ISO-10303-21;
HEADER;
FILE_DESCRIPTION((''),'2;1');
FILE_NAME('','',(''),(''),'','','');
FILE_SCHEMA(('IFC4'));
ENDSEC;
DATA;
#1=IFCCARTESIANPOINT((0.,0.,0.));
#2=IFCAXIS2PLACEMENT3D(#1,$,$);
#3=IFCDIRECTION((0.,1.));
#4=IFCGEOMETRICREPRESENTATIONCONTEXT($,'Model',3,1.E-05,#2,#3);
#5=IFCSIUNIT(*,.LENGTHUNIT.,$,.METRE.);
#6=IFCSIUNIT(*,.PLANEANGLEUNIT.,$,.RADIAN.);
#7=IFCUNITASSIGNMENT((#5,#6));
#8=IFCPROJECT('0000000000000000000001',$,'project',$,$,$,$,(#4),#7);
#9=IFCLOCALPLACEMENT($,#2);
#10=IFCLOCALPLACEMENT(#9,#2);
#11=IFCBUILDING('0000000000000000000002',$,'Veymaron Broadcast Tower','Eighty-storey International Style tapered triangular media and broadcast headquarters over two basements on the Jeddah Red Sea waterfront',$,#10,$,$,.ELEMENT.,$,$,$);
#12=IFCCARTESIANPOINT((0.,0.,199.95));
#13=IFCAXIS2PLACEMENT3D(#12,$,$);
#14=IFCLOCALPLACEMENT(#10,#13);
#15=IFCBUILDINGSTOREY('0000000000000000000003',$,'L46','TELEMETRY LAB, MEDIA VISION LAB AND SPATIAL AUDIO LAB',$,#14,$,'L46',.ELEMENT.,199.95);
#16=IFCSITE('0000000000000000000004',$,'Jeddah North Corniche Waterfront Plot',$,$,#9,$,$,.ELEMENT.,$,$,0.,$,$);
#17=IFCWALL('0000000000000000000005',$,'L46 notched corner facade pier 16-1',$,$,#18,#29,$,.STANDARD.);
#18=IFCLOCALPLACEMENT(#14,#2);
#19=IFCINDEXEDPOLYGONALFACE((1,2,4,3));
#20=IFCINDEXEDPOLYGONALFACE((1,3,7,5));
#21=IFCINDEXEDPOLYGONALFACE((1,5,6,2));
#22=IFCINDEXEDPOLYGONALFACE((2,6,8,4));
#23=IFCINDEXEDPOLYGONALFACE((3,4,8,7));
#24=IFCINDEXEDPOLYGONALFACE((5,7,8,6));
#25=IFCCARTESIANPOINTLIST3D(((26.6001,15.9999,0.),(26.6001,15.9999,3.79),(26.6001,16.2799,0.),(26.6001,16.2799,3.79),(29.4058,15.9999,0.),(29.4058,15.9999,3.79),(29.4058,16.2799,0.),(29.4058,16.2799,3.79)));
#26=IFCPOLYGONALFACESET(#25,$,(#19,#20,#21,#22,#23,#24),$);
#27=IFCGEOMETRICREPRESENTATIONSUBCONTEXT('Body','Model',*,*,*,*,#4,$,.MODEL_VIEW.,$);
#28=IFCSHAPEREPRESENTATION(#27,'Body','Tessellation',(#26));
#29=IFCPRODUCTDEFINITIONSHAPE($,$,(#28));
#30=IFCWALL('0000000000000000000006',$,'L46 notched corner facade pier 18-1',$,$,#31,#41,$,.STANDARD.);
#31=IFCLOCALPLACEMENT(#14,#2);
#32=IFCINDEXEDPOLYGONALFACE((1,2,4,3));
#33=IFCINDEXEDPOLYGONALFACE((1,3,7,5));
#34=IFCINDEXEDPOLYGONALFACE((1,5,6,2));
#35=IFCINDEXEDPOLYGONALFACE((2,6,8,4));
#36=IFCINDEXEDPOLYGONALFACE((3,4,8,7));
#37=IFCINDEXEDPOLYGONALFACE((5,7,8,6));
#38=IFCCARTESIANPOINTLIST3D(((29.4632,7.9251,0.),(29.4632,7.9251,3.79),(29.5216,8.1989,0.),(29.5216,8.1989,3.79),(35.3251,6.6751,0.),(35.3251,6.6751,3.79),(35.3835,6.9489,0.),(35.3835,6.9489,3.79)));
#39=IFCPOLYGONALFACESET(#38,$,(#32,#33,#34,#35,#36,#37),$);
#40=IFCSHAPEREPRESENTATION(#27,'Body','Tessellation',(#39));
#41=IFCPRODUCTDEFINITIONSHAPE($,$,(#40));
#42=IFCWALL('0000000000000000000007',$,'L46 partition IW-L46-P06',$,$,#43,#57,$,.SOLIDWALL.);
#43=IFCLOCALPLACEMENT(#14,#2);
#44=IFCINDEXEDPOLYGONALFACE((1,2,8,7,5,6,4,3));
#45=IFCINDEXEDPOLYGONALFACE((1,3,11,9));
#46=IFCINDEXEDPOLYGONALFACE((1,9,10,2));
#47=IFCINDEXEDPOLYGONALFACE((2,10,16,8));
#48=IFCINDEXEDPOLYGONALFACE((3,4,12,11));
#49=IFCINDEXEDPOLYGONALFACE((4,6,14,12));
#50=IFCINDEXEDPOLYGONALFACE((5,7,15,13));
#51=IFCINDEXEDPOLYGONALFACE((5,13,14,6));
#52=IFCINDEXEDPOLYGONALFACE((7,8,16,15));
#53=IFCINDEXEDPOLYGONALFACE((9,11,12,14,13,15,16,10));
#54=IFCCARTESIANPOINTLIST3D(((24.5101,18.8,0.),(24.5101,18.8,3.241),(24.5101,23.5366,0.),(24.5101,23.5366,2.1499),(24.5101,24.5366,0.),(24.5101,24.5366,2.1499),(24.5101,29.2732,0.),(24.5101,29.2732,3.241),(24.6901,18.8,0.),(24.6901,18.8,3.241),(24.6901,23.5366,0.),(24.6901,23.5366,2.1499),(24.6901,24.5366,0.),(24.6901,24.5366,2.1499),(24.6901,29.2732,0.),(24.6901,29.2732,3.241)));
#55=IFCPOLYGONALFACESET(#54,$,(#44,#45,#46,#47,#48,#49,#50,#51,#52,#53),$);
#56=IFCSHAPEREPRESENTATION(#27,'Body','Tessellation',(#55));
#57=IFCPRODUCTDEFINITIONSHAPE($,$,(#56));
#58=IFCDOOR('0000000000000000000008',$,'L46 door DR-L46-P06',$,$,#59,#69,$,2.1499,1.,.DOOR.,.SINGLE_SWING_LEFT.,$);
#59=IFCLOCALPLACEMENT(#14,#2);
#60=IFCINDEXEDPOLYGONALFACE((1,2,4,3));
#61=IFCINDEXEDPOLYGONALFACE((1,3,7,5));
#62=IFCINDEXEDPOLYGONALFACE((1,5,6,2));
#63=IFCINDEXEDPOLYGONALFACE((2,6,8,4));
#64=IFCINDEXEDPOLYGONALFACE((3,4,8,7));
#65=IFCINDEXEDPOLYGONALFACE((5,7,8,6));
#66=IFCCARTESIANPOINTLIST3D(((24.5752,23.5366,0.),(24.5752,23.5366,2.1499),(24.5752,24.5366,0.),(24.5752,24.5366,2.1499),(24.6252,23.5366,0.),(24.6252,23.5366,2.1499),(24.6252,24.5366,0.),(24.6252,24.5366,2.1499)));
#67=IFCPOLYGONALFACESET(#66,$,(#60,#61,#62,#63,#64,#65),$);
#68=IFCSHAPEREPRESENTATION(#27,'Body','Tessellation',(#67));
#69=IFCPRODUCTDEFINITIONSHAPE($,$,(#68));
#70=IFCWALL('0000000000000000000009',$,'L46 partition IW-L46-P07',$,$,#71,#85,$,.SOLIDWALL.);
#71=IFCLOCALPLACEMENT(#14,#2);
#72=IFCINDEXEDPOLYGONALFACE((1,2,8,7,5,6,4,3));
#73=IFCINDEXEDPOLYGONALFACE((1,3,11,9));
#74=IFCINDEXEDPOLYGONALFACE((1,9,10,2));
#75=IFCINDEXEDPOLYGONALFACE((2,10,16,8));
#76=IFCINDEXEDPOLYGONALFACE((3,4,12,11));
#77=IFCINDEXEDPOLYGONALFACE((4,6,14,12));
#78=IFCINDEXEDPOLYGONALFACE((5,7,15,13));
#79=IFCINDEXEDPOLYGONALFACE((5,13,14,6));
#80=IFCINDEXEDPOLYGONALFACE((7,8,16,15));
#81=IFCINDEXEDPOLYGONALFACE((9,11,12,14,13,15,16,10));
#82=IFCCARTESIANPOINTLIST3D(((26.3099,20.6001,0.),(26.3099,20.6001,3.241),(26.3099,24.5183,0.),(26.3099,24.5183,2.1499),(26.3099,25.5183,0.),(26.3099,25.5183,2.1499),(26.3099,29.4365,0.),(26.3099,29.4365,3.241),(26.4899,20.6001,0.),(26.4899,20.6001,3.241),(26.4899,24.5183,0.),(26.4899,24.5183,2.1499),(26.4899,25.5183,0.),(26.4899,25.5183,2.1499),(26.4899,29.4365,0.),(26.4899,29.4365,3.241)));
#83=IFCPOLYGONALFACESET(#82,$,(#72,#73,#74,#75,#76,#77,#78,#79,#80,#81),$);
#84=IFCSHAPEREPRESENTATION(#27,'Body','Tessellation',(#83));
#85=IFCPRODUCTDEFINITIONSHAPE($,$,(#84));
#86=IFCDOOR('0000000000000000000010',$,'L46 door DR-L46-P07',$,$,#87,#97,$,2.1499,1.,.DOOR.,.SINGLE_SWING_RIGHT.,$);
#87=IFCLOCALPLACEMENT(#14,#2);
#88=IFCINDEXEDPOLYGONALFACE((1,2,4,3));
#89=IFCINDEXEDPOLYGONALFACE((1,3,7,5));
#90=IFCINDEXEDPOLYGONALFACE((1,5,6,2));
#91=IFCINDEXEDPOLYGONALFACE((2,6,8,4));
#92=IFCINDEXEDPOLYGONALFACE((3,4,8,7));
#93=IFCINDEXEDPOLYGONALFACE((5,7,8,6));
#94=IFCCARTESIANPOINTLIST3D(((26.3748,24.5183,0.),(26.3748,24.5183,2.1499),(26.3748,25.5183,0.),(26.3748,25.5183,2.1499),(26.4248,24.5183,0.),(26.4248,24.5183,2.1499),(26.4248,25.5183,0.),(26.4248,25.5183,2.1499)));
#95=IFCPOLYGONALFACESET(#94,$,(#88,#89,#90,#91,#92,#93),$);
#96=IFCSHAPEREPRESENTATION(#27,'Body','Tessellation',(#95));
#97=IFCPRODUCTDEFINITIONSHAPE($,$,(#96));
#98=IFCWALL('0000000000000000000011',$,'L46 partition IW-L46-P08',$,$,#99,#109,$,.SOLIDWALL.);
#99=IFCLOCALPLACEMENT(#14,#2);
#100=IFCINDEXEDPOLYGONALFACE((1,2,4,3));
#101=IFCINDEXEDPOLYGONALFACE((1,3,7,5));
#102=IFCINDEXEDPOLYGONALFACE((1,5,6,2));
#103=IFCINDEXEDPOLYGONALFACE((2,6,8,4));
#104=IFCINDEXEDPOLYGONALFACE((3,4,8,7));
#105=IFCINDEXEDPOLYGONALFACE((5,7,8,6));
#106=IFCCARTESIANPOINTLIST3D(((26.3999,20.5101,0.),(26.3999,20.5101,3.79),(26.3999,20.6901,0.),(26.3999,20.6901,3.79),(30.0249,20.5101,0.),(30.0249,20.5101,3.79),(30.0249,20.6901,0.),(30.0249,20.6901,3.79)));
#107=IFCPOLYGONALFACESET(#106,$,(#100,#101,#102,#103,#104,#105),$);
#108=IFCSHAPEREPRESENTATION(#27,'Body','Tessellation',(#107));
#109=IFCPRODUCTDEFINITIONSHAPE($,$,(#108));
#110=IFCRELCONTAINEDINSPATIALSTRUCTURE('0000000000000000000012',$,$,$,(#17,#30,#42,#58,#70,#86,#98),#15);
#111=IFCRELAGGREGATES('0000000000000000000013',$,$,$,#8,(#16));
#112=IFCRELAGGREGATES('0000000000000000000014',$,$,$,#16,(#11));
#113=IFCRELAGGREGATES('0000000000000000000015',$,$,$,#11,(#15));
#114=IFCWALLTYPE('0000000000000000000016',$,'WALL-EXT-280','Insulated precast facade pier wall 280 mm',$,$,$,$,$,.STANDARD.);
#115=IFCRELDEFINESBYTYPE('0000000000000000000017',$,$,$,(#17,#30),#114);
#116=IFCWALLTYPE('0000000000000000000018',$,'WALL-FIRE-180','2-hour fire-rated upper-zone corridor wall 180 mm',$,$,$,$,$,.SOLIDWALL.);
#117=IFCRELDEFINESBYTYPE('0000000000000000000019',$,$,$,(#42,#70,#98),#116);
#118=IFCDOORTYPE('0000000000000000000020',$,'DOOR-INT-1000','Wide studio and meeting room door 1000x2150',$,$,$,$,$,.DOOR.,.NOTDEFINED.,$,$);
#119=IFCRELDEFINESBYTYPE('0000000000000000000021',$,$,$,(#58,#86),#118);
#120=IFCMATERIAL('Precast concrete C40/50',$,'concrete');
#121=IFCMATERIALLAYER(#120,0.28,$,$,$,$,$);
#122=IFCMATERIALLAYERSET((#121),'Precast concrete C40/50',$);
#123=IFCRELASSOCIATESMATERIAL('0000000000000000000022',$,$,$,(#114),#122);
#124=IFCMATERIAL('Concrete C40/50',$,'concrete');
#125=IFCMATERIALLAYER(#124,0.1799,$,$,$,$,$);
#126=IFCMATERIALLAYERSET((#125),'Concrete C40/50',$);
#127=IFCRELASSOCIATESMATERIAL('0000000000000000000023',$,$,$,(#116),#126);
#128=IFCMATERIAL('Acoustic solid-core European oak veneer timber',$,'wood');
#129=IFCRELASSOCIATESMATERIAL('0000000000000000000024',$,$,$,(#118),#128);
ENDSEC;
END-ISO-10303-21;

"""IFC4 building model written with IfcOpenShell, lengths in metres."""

from ifc_helpers import new_model, si_unit, direction, frame, frame_2d, origin, place, context, subcontext, project, spatial, rectangle, extrude, material, layer, layer_set, type_object, element, fill, save


model = new_model("IFC4")

# Units and contexts
model_context = context("Model", 3, precision=1e-05, world=origin(), true_north=direction((0.0, 1.0)))
body_context = subcontext(model_context, "Body", "Model", "MODEL_VIEW")
ifc_project = project(units=[si_unit("LENGTHUNIT", "METRE"), si_unit("PLANEANGLEUNIT", "RADIAN")], contexts=[model_context])

# Site, building, storey
site_placement = place(None, origin())
site = spatial("IfcSite", under=ifc_project, at=site_placement, Name="Jeddah North Corniche Waterfront Plot", CompositionType="ELEMENT", RefElevation=0.0)
building_placement = place(site_placement, origin())
building = spatial("IfcBuilding", under=site, at=building_placement, Name="Veymaron Broadcast Tower", Description="Eighty-storey International Style tapered triangular media and broadcast headquarters over two basements on the Jeddah Red Sea waterfront", CompositionType="ELEMENT")
storey_placement = place(building_placement, frame((0.0, 0.0, 199.95)))
storey = spatial("IfcBuildingStorey", under=building, at=storey_placement, Name="L46", Description="TELEMETRY LAB, MEDIA VISION LAB AND SPATIAL AUDIO LAB", LongName="L46", CompositionType="ELEMENT", Elevation=199.95)

# Shared definitions
ifc_material_1 = material(Name="Concrete C40/50", Category="concrete")

# Walls
ifc_material_2 = material(Name="Precast concrete C40/50", Category="concrete")
ifc_layer_1 = layer(ifc_material_2, 0.28)
ifc_layer_set_1 = layer_set([ifc_layer_1], Name="Precast concrete C40/50")
wall_type_1 = type_object("IfcWallType", Name="WALL-EXT-280", Description="Insulated precast facade pier wall 280 mm", PredefinedType="STANDARD", material=ifc_layer_set_1)
wall_1_placement = place(storey_placement, frame((26.6001, 16.1399, 0.0), z_axis=(0.0, 0.0, 1.0), x_axis=(1.0, 0.0, 0.0)))
element("IfcWall", 1, at=wall_1_placement, inside=storey, type_object=wall_type_1, Name="L46 notched corner facade pier 16-1", PredefinedType="STANDARD", context=body_context, shape_type="SweptSolid", body=[
    extrude(rectangle(XDim=2.8057, YDim=0.28, at=frame_2d((1.4028, 0.0))), origin(), (0.0, 0.0, 1.0), 3.79),
])
wall_2_placement = place(storey_placement, frame((29.4924, 8.062, 0.0), z_axis=(0.0, 0.0, 1.0), x_axis=(0.978011, -0.208555, 0.0)))
element("IfcWall", 2, at=wall_2_placement, inside=storey, type_object=wall_type_1, Name="L46 notched corner facade pier 18-1", PredefinedType="STANDARD", context=body_context, shape_type="SweptSolid", body=[
    extrude(rectangle(XDim=5.9937, YDim=0.28, at=frame_2d((2.9968, 0.0))), origin(), (0.0, 0.0, 1.0), 3.79),
])

# Walls, openings, doors
ifc_layer_2 = layer(ifc_material_1, 0.1799)
ifc_layer_set_2 = layer_set([ifc_layer_2], Name="Concrete C40/50")
wall_type_2 = type_object("IfcWallType", Name="WALL-FIRE-180", Description="2-hour fire-rated upper-zone corridor wall 180 mm", PredefinedType="SOLIDWALL", material=ifc_layer_set_2)
ifc_material_3 = material(Name="Acoustic solid-core European oak veneer timber", Category="wood")
door_type = type_object("IfcDoorType", Name="DOOR-INT-1000", Description="Wide studio and meeting room door 1000x2150", OperationType="NOTDEFINED", PredefinedType="DOOR", material=ifc_material_3)
wall_3_placement = place(storey_placement, frame((24.6001, 18.8, 0.0), z_axis=(0.0, 0.0, 1.0), x_axis=(0.0, 1.0, 0.0)))
wall_3 = element("IfcWall", 3, at=wall_3_placement, inside=storey, type_object=wall_type_2, Name="L46 partition IW-L46-P06", PredefinedType="SOLIDWALL", context=body_context, shape_type="SweptSolid", body=[
    extrude(rectangle(XDim=10.4731, YDim=0.1799, at=frame_2d((5.2366, 0.0))), origin(), (0.0, 0.0, 1.0), 3.241),
])
opening_1_placement = place(wall_3_placement, frame((4.7366, 0.0, 0.0)))
opening_1 = element("IfcOpeningElement", 4, at=opening_1_placement, cuts=wall_3, PredefinedType="OPENING", context=body_context, shape_type="SweptSolid", body=[
    extrude(rectangle(XDim=1.0, YDim=2.1499, at=frame_2d((0.5, 1.075))), frame((0.0, 0.1001, 0.0), z_axis=(0.0, -1.0, 0.0), x_axis=(1.0, 0.0, 0.0)), (0.0, 0.0, 1.0), 0.2),
])
door_1_placement = place(opening_1_placement, origin())
door_1 = element("IfcDoor", 5, at=door_1_placement, inside=storey, type_object=door_type, Name="L46 door DR-L46-P06", OperationType="SINGLE_SWING_LEFT", OverallHeight=2.1499, OverallWidth=1.0, PredefinedType="DOOR", context=body_context, shape_type="SweptSolid", body=[
    extrude(rectangle(XDim=1.0, YDim=2.1499, at=frame_2d((0.5, 1.075))), frame((0.0, 0.0249, 0.0), z_axis=(0.0, -1.0, 0.0), x_axis=(1.0, 0.0, 0.0)), (0.0, 0.0, 1.0), 0.05),
])
fill(opening_1, door_1)
wall_4_placement = place(storey_placement, frame((26.3999, 20.6001, 0.0), z_axis=(0.0, 0.0, 1.0), x_axis=(0.0, 1.0, 0.0)))
wall_4 = element("IfcWall", 6, at=wall_4_placement, inside=storey, type_object=wall_type_2, Name="L46 partition IW-L46-P07", PredefinedType="SOLIDWALL", context=body_context, shape_type="SweptSolid", body=[
    extrude(rectangle(XDim=8.8364, YDim=0.1799, at=frame_2d((4.4182, 0.0))), origin(), (0.0, 0.0, 1.0), 3.241),
])
opening_2_placement = place(wall_4_placement, frame((3.9182, 0.0, 0.0)))
opening_2 = element("IfcOpeningElement", 7, at=opening_2_placement, cuts=wall_4, PredefinedType="OPENING", context=body_context, shape_type="SweptSolid", body=[
    extrude(rectangle(XDim=1.0, YDim=2.1499, at=frame_2d((0.5, 1.075))), frame((0.0, 0.1001, 0.0), z_axis=(0.0, -1.0, 0.0), x_axis=(1.0, 0.0, 0.0)), (0.0, 0.0, 1.0), 0.2),
])
door_2_placement = place(opening_2_placement, frame((1.0, 0.0, 0.0), z_axis=(0.0, 0.0, 1.0), x_axis=(-1.0, 0.0, 0.0)))
door_2 = element("IfcDoor", 8, at=door_2_placement, inside=storey, type_object=door_type, Name="L46 door DR-L46-P07", OperationType="SINGLE_SWING_RIGHT", OverallHeight=2.1499, OverallWidth=1.0, PredefinedType="DOOR", context=body_context, shape_type="SweptSolid", body=[
    extrude(rectangle(XDim=1.0, YDim=2.1499, at=frame_2d((0.5, 1.075))), frame((0.0, 0.0249, 0.0), z_axis=(0.0, -1.0, 0.0), x_axis=(1.0, 0.0, 0.0)), (0.0, 0.0, 1.0), 0.05),
])
fill(opening_2, door_2)

# Wall
wall_5_placement = place(storey_placement, frame((26.3999, 20.6001, 0.0), z_axis=(0.0, 0.0, 1.0), x_axis=(1.0, 0.0, 0.0)))
element("IfcWall", 9, at=wall_5_placement, inside=storey, type_object=wall_type_2, Name="L46 partition IW-L46-P08", PredefinedType="SOLIDWALL", context=body_context, shape_type="SweptSolid", body=[
    extrude(rectangle(XDim=3.625, YDim=0.1799, at=frame_2d((1.8125, 0.0))), origin(), (0.0, 0.0, 1.0), 3.79),
])

save(model, "model.ifc")
